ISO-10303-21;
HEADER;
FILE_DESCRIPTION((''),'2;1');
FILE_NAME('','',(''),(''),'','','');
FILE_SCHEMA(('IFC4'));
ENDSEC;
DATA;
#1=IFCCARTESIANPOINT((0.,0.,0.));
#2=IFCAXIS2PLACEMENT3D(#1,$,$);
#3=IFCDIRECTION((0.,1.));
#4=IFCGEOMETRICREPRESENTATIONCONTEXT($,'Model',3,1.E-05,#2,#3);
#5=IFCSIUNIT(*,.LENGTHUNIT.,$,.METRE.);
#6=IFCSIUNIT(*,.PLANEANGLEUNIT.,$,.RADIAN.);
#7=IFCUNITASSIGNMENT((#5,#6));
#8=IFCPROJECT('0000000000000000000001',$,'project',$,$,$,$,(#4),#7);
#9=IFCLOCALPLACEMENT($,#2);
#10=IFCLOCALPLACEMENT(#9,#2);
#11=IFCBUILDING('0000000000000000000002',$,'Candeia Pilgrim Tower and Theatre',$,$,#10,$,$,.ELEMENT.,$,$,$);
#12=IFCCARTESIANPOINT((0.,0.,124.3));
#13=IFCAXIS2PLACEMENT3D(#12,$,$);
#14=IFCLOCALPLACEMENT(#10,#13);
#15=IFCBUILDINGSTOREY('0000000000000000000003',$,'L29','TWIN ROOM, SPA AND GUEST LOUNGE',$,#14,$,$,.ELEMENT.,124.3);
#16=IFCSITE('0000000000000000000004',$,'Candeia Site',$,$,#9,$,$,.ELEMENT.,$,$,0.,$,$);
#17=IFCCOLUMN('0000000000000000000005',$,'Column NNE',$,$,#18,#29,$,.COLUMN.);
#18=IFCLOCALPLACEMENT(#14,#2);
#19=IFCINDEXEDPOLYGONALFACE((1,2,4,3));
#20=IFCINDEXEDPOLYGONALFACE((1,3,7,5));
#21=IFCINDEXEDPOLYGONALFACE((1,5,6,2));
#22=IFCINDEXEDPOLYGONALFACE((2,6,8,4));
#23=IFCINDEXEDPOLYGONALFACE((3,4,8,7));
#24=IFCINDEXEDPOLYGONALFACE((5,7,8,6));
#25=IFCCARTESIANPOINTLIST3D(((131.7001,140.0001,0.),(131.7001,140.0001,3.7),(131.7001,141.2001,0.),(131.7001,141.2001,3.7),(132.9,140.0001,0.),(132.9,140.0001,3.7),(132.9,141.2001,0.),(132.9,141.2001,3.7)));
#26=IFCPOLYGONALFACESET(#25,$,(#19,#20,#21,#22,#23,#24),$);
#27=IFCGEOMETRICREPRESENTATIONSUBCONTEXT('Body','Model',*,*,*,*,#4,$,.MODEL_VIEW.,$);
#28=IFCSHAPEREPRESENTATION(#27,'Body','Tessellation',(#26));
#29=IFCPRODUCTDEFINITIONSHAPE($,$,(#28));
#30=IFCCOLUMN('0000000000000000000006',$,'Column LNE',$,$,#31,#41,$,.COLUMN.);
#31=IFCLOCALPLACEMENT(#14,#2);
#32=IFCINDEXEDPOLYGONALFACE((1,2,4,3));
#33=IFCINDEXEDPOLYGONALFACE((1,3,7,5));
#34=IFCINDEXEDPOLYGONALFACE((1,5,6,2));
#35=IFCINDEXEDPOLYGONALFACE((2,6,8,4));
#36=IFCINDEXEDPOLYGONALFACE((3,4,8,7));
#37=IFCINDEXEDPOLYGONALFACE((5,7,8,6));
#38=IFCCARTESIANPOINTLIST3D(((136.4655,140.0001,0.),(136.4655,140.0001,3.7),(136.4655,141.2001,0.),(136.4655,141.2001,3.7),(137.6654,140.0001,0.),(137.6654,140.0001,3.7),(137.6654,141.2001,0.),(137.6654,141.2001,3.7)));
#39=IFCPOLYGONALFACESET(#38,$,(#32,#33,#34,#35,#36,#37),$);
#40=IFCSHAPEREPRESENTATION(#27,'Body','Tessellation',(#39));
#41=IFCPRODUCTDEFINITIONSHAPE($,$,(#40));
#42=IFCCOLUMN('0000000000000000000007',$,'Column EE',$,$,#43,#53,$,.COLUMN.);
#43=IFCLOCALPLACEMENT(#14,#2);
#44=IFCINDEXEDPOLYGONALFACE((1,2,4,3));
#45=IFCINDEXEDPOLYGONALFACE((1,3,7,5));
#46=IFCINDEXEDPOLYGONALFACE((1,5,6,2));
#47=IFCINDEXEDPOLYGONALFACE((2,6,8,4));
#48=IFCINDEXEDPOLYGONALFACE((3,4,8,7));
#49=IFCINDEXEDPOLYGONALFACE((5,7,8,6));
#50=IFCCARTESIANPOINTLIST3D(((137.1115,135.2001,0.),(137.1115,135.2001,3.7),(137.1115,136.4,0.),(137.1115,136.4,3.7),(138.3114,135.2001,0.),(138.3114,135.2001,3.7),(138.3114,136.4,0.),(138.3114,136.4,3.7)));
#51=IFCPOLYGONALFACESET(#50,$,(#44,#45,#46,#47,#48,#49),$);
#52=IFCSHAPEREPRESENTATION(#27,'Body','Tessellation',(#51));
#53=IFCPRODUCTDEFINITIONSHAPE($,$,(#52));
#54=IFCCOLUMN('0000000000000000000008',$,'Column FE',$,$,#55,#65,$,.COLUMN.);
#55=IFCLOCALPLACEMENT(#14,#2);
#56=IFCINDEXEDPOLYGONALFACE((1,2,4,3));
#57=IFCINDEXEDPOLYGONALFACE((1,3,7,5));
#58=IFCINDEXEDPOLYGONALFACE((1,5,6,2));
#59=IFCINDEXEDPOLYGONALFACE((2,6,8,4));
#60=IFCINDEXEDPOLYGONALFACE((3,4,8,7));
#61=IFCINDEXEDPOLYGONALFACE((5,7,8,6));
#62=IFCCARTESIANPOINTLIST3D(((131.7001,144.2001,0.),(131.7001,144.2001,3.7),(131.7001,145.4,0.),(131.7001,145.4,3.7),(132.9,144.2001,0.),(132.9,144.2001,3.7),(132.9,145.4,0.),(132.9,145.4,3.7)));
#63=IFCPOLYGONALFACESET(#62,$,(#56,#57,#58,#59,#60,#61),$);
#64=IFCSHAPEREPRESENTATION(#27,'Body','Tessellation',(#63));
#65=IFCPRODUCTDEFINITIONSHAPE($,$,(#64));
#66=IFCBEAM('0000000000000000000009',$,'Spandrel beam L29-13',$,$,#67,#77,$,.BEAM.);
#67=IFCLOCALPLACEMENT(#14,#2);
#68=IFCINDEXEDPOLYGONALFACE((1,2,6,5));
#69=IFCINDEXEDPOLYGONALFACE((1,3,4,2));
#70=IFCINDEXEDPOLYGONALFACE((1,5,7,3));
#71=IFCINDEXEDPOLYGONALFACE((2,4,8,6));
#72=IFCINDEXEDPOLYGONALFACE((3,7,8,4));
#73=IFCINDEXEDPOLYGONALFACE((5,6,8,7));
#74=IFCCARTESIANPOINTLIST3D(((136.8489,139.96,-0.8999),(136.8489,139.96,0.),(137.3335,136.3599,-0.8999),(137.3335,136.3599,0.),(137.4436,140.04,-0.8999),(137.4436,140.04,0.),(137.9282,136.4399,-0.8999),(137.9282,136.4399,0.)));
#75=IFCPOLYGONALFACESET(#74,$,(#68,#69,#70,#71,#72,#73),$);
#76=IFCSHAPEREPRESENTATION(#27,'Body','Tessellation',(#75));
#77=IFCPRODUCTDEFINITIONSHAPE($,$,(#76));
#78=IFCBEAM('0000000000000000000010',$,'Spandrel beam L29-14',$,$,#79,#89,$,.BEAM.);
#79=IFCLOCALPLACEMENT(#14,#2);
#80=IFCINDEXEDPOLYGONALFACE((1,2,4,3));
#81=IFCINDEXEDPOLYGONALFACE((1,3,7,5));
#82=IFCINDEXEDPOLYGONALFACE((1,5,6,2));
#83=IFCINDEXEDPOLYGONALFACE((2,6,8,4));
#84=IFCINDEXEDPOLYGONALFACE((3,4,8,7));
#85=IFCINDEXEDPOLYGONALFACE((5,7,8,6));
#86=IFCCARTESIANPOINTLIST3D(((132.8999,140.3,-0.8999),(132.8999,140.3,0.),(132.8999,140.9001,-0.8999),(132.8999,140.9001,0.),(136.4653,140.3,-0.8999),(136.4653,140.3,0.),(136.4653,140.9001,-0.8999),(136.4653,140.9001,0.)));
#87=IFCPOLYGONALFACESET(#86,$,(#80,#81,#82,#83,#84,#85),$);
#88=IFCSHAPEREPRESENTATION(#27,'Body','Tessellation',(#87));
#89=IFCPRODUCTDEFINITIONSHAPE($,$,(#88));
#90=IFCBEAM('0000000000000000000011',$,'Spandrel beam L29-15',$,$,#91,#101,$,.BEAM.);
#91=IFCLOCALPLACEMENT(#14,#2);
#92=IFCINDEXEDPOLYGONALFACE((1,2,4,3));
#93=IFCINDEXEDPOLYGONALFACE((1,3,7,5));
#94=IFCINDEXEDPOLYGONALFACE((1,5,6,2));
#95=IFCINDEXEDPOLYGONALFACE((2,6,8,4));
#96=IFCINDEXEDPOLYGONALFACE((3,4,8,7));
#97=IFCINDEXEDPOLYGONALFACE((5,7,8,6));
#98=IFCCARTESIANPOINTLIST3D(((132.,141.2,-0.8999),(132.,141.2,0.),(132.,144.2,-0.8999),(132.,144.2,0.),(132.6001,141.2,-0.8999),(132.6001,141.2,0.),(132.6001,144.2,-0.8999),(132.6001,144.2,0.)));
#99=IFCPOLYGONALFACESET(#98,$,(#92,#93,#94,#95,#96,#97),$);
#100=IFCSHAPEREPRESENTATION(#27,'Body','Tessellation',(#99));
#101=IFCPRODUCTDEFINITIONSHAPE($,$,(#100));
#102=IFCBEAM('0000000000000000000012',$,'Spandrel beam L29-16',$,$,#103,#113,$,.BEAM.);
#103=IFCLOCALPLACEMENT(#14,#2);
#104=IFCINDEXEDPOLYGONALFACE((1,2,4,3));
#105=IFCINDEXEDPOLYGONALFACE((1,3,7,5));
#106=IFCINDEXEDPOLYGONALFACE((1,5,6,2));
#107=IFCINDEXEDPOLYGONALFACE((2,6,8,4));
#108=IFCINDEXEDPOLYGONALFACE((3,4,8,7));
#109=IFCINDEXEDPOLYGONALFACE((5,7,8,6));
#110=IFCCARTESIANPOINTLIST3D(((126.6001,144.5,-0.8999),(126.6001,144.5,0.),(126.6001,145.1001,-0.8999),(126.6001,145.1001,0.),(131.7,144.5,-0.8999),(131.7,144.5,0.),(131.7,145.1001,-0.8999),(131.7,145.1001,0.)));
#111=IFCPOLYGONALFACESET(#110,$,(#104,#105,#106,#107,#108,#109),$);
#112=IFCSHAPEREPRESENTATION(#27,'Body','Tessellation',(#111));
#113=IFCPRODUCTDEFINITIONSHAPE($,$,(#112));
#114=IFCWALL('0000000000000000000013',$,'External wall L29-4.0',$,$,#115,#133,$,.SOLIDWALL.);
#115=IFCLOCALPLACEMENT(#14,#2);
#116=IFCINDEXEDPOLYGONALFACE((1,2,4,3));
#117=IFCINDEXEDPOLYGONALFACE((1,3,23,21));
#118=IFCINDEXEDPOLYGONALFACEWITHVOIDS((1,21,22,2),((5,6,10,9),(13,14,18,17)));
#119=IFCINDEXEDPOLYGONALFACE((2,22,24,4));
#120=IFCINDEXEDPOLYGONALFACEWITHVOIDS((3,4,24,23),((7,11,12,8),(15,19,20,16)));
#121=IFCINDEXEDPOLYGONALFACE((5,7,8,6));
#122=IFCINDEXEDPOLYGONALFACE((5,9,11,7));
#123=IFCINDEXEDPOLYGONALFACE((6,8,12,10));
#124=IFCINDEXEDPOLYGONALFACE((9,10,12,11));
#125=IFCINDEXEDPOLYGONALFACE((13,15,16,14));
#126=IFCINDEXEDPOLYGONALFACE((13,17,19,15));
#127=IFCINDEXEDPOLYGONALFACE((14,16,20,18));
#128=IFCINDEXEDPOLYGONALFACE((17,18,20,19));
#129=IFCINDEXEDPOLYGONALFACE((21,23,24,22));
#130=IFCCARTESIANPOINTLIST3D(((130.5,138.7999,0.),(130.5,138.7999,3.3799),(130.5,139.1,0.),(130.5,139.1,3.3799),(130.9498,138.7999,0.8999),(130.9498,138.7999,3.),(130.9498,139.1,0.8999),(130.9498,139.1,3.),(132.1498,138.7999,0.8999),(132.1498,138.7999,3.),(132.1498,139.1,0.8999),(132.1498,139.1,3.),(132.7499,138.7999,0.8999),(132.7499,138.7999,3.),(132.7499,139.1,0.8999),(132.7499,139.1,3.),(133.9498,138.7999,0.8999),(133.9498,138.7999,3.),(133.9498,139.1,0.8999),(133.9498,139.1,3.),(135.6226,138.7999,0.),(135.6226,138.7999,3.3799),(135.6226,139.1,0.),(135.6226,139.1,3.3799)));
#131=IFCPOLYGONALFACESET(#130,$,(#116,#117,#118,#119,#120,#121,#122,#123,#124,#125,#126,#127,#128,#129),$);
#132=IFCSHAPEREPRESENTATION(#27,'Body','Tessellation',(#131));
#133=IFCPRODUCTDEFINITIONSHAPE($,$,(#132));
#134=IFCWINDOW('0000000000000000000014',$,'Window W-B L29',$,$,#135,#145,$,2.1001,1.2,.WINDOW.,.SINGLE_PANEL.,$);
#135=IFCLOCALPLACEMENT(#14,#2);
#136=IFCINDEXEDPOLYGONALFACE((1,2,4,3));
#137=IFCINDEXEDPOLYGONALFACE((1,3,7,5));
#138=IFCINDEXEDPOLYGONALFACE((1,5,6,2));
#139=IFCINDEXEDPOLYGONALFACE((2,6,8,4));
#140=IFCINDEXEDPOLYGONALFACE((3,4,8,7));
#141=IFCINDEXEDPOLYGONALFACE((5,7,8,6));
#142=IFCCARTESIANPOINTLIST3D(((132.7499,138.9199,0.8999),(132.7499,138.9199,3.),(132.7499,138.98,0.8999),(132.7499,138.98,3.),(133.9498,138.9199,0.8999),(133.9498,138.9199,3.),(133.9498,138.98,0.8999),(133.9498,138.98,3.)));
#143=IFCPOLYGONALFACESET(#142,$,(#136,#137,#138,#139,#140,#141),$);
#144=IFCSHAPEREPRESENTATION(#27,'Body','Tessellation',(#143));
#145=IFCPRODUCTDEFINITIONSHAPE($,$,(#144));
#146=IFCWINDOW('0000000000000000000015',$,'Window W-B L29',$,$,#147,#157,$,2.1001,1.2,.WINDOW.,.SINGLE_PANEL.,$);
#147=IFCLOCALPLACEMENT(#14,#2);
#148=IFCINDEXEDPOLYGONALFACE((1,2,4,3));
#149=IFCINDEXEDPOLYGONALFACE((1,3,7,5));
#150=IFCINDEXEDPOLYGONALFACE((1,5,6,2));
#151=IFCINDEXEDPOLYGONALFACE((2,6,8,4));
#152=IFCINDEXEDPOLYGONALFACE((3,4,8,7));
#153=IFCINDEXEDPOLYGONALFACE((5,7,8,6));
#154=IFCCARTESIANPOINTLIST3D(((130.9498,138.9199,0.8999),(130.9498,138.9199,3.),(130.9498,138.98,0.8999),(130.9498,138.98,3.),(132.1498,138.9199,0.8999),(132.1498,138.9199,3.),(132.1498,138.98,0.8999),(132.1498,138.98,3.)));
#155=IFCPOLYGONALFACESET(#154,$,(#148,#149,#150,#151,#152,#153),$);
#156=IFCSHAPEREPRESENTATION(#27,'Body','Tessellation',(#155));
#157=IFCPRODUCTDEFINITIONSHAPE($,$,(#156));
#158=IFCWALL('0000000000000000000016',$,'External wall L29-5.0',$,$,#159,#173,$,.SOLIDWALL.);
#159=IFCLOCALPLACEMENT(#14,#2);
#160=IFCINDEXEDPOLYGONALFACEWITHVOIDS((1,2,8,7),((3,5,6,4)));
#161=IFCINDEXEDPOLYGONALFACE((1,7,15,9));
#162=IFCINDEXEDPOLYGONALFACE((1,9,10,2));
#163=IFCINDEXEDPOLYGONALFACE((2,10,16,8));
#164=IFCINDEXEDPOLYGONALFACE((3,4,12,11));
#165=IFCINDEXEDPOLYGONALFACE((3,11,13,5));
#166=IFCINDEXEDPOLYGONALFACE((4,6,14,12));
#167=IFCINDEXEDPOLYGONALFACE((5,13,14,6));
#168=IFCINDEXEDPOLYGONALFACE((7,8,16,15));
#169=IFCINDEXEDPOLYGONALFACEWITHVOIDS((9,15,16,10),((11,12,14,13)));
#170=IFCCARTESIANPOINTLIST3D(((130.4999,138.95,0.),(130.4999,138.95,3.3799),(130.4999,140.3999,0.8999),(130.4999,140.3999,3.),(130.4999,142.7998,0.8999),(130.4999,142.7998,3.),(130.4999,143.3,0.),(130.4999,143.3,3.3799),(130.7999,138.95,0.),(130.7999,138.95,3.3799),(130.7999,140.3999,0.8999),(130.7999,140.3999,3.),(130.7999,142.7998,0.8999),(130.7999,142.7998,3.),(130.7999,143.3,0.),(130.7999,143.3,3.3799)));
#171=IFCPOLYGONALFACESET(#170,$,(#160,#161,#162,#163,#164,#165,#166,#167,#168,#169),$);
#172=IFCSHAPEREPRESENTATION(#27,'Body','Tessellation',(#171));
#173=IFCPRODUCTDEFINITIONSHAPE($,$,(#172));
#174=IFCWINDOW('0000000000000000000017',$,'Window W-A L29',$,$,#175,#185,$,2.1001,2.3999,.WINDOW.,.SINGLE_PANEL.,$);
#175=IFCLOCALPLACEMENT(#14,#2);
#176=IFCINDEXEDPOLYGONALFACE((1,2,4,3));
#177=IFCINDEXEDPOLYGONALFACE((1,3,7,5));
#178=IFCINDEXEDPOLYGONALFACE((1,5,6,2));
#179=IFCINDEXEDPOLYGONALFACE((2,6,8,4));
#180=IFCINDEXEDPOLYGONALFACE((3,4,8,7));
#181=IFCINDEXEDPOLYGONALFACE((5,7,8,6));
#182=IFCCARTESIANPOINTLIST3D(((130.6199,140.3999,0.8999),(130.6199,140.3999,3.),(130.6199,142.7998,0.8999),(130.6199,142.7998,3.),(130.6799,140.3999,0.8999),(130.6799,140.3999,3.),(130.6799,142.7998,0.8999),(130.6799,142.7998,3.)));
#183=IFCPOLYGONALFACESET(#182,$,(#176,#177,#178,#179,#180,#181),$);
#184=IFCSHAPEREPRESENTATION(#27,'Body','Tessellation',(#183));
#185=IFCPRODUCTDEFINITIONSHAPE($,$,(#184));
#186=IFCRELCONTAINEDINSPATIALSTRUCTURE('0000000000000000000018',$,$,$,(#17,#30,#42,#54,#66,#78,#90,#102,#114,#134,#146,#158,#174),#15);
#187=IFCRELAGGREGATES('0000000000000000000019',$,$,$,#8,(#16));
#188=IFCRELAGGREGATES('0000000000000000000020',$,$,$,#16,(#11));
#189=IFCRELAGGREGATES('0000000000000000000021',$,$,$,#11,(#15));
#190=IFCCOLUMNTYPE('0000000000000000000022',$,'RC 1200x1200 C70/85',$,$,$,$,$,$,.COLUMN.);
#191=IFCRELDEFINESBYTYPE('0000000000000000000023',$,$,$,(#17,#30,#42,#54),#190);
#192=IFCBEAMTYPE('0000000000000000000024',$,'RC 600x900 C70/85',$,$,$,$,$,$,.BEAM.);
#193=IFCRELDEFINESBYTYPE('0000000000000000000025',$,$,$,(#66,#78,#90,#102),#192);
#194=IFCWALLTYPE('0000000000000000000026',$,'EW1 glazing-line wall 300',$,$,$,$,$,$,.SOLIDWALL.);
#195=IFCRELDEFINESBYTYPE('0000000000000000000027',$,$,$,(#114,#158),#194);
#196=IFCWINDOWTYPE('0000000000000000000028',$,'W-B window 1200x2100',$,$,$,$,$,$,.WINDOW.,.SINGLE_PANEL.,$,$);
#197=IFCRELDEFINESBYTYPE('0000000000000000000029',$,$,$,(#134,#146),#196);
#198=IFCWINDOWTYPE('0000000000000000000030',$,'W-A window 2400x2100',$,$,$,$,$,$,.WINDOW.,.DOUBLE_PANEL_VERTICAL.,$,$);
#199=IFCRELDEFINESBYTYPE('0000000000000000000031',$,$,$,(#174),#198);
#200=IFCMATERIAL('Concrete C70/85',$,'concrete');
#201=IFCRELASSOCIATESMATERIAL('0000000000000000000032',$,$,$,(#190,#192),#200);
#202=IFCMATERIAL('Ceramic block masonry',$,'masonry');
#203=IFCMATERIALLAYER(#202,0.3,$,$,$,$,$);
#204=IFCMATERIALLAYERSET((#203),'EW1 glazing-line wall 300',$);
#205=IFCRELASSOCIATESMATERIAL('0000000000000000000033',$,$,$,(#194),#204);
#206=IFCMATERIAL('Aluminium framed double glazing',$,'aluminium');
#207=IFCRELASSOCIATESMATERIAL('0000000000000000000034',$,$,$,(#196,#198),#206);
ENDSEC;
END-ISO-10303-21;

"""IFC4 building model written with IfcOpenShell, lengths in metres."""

from ifc_helpers import new_model, si_unit, direction, frame, frame_2d, origin, origin_2d, place, context, subcontext, project, spatial, rectangle, extrude, material, layer, layer_set, material_profile, profile_set, type_object, element, fill, save


model = new_model("IFC4")

# Units and contexts
model_context = context("Model", 3, precision=1e-05, world=origin(), true_north=direction((0.0, 1.0)))
body_context = subcontext(model_context, "Body", "Model", "MODEL_VIEW")
ifc_project = project(units=[si_unit("LENGTHUNIT", "METRE"), si_unit("PLANEANGLEUNIT", "RADIAN")], contexts=[model_context])

# Site, building, storey
site_placement = place(None, origin())
site = spatial("IfcSite", under=ifc_project, at=site_placement, Name="Candeia Site", CompositionType="ELEMENT", RefElevation=0.0)
building_placement = place(site_placement, origin())
building = spatial("IfcBuilding", under=site, at=building_placement, Name="Candeia Pilgrim Tower and Theatre", CompositionType="ELEMENT")
storey_placement = place(building_placement, frame((0.0, 0.0, 124.3)))
storey = spatial("IfcBuildingStorey", under=building, at=storey_placement, Name="L29", Description="TWIN ROOM, SPA AND GUEST LOUNGE", CompositionType="ELEMENT", Elevation=124.3)

# Columns
ifc_material_1 = material(Name="Concrete C70/85", Category="concrete")
ifc_material_profile_1 = material_profile(ifc_material_1, rectangle(XDim=1.2, YDim=1.2, at=origin_2d()))
ifc_profile_set_1 = profile_set([ifc_material_profile_1], Name="Concrete C70/85")
column_type = type_object("IfcColumnType", Name="RC 1200x1200 C70/85", PredefinedType="COLUMN", material=ifc_profile_set_1)
for number, where, z_axis, x_axis, name in (
    (1, (132.3, 140.6001, 0.0), (0.0, 0.0, 1.0), (1.0, 0.0, 0.0), "Column NNE"),
    (2, (137.0654, 140.6001, 0.0), (0.0, 0.0, 1.0), (1.0, 0.0, 0.0), "Column LNE"),
    (3, (137.7114, 135.8, 0.0), (0.0, 0.0, 1.0), (1.0, 0.0, 0.0), "Column EE"),
    (4, (132.3, 144.8, 0.0), (0.0, 0.0, 1.0), (1.0, 0.0, 0.0), "Column FE"),
):
    element("IfcColumn", number, at=place(storey_placement, frame(where, z_axis=z_axis, x_axis=x_axis)), inside=storey, type_object=column_type, Name=name, PredefinedType="COLUMN", context=body_context, shape_type="SweptSolid", body=[
        extrude(rectangle(XDim=1.2, YDim=1.2, at=origin_2d()), origin(), (0.0, 0.0, 1.0), 3.7),
    ])

# Beams
ifc_material_profile_2 = material_profile(ifc_material_1, rectangle(XDim=0.6001, YDim=0.8999, at=origin_2d()))
ifc_profile_set_2 = profile_set([ifc_material_profile_2], Name="Concrete C70/85")
beam_type = type_object("IfcBeamType", Name="RC 600x900 C70/85", PredefinedType="BEAM", material=ifc_profile_set_2)
beam_1_placement = place(storey_placement, frame((137.6309, 136.3999, -0.45), z_axis=(-0.133409, 0.991061, 0.0), x_axis=(-0.991061, -0.133409, 0.0)))
element("IfcBeam", 5, at=beam_1_placement, inside=storey, type_object=beam_type, Name="Spandrel beam L29-13", PredefinedType="BEAM", context=body_context, shape_type="SweptSolid", body=[
    extrude(rectangle(XDim=0.6001, YDim=0.8999, at=origin_2d()), origin(), (0.0, 0.0, 1.0), 3.6326),
])
beam_2_placement = place(storey_placement, frame((136.4653, 140.6001, -0.45), z_axis=(-1.0, 0.0, 0.0), x_axis=(0.0, -1.0, 0.0)))
element("IfcBeam", 6, at=beam_2_placement, inside=storey, type_object=beam_type, Name="Spandrel beam L29-14", PredefinedType="BEAM", context=body_context, shape_type="SweptSolid", body=[
    extrude(rectangle(XDim=0.6001, YDim=0.8999, at=origin_2d()), origin(), (0.0, 0.0, 1.0), 3.5654),
])
beam_3_placement = place(storey_placement, frame((132.3, 141.2, -0.45), z_axis=(0.0, 1.0, 0.0), x_axis=(-1.0, 0.0, 0.0)))
element("IfcBeam", 7, at=beam_3_placement, inside=storey, type_object=beam_type, Name="Spandrel beam L29-15", PredefinedType="BEAM", context=body_context, shape_type="SweptSolid", body=[
    extrude(rectangle(XDim=0.6001, YDim=0.8999, at=origin_2d()), origin(), (0.0, 0.0, 1.0), 3.0),
])
beam_4_placement = place(storey_placement, frame((131.7, 144.8, -0.45), z_axis=(-1.0, 0.0, 0.0), x_axis=(0.0, -1.0, 0.0)))
element("IfcBeam", 8, at=beam_4_placement, inside=storey, type_object=beam_type, Name="Spandrel beam L29-16", PredefinedType="BEAM", context=body_context, shape_type="SweptSolid", body=[
    extrude(rectangle(XDim=0.6001, YDim=0.8999, at=origin_2d()), origin(), (0.0, 0.0, 1.0), 5.0999),
])

# Wall, openings, windows
ifc_material_2 = material(Name="Ceramic block masonry", Category="masonry")
ifc_layer_1 = layer(ifc_material_2, 0.3)
ifc_layer_set_1 = layer_set([ifc_layer_1], Name="EW1 glazing-line wall 300")
wall_type_1 = type_object("IfcWallType", Name="EW1 glazing-line wall 300", PredefinedType="SOLIDWALL", material=ifc_layer_set_1)
wall_1_placement = place(storey_placement, frame((135.6226, 138.95, 0.0), z_axis=(0.0, 0.0, 1.0), x_axis=(-1.0, 0.0, 0.0)))
wall_1 = element("IfcWall", 9, at=wall_1_placement, inside=storey, type_object=wall_type_1, Name="External wall L29-4.0", PredefinedType="SOLIDWALL", context=body_context, shape_type="SweptSolid", body=[
    extrude(rectangle(XDim=5.1226, YDim=0.3, at=frame_2d((2.5613, 0.0))), origin(), (0.0, 0.0, 1.0), 3.3799),
])
opening_1_placement = place(wall_1_placement, frame((1.6726, 0.0, 0.8999)))
opening_1 = element("IfcOpeningElement", 10, at=opening_1_placement, cuts=wall_1, PredefinedType="OPENING", context=body_context, shape_type="SweptSolid", body=[
    extrude(rectangle(XDim=1.2, YDim=2.1001, at=frame_2d((0.6001, 1.05))), frame((0.0, 0.1602, 0.0), z_axis=(0.0, -1.0, 0.0), x_axis=(1.0, 0.0, 0.0)), (0.0, 0.0, 1.0), 0.3201),
])
opening_2_placement = place(wall_1_placement, frame((3.4727, 0.0, 0.8999)))
opening_2 = element("IfcOpeningElement", 11, at=opening_2_placement, cuts=wall_1, PredefinedType="OPENING", context=body_context, shape_type="SweptSolid", body=[
    extrude(rectangle(XDim=1.2, YDim=2.1001, at=frame_2d((0.6001, 1.05))), frame((0.0, 0.1602, 0.0), z_axis=(0.0, -1.0, 0.0), x_axis=(1.0, 0.0, 0.0)), (0.0, 0.0, 1.0), 0.3201),
])
ifc_material_3 = material(Name="Aluminium framed double glazing", Category="aluminium")
window_type_1 = type_object("IfcWindowType", Name="W-B window 1200x2100", PartitioningType="SINGLE_PANEL", PredefinedType="WINDOW", material=ifc_material_3)
window_1_placement = place(opening_1_placement, origin())
window_1 = element("IfcWindow", 12, at=window_1_placement, inside=storey, type_object=window_type_1, Name="Window W-B L29", OverallHeight=2.1001, OverallWidth=1.2, PartitioningType="SINGLE_PANEL", PredefinedType="WINDOW", context=body_context, shape_type="SweptSolid", body=[
    extrude(rectangle(XDim=1.2, YDim=2.1001, at=frame_2d((0.6001, 1.05))), frame((0.0, 0.03, 0.0), z_axis=(0.0, -1.0, 0.0), x_axis=(1.0, 0.0, 0.0)), (0.0, 0.0, 1.0), 0.0601),
])
fill(opening_1, window_1)
window_2_placement = place(opening_2_placement, origin())
window_2 = element("IfcWindow", 13, at=window_2_placement, inside=storey, type_object=window_type_1, Name="Window W-B L29", OverallHeight=2.1001, OverallWidth=1.2, PartitioningType="SINGLE_PANEL", PredefinedType="WINDOW", context=body_context, shape_type="SweptSolid", body=[
    extrude(rectangle(XDim=1.2, YDim=2.1001, at=frame_2d((0.6001, 1.05))), frame((0.0, 0.03, 0.0), z_axis=(0.0, -1.0, 0.0), x_axis=(1.0, 0.0, 0.0)), (0.0, 0.0, 1.0), 0.0601),
])
fill(opening_2, window_2)

# Wall, opening, window
wall_2_placement = place(storey_placement, frame((130.6499, 138.95, 0.0), z_axis=(0.0, 0.0, 1.0), x_axis=(0.0, 1.0, 0.0)))
wall_2 = element("IfcWall", 14, at=wall_2_placement, inside=storey, type_object=wall_type_1, Name="External wall L29-5.0", PredefinedType="SOLIDWALL", context=body_context, shape_type="SweptSolid", body=[
    extrude(rectangle(XDim=4.3501, YDim=0.3, at=frame_2d((2.175, 0.0))), origin(), (0.0, 0.0, 1.0), 3.3799),
])
opening_3_placement = place(wall_2_placement, frame((1.45, 0.0, 0.8999)))
opening_3 = element("IfcOpeningElement", 15, at=opening_3_placement, cuts=wall_2, PredefinedType="OPENING", context=body_context, shape_type="SweptSolid", body=[
    extrude(rectangle(XDim=2.3999, YDim=2.1001, at=frame_2d((1.2, 1.05))), frame((0.0, 0.1602, 0.0), z_axis=(0.0, -1.0, 0.0), x_axis=(1.0, 0.0, 0.0)), (0.0, 0.0, 1.0), 0.3201),
])
window_type_2 = type_object("IfcWindowType", Name="W-A window 2400x2100", PartitioningType="DOUBLE_PANEL_VERTICAL", PredefinedType="WINDOW", material=ifc_material_3)
window_3_placement = place(opening_3_placement, origin())
window_3 = element("IfcWindow", 16, at=window_3_placement, inside=storey, type_object=window_type_2, Name="Window W-A L29", OverallHeight=2.1001, OverallWidth=2.3999, PartitioningType="SINGLE_PANEL", PredefinedType="WINDOW", context=body_context, shape_type="SweptSolid", body=[
    extrude(rectangle(XDim=2.3999, YDim=2.1001, at=frame_2d((1.2, 1.05))), frame((0.0, 0.03, 0.0), z_axis=(0.0, -1.0, 0.0), x_axis=(1.0, 0.0, 0.0)), (0.0, 0.0, 1.0), 0.0601),
])
fill(opening_3, window_3)

save(model, "model.ifc")
